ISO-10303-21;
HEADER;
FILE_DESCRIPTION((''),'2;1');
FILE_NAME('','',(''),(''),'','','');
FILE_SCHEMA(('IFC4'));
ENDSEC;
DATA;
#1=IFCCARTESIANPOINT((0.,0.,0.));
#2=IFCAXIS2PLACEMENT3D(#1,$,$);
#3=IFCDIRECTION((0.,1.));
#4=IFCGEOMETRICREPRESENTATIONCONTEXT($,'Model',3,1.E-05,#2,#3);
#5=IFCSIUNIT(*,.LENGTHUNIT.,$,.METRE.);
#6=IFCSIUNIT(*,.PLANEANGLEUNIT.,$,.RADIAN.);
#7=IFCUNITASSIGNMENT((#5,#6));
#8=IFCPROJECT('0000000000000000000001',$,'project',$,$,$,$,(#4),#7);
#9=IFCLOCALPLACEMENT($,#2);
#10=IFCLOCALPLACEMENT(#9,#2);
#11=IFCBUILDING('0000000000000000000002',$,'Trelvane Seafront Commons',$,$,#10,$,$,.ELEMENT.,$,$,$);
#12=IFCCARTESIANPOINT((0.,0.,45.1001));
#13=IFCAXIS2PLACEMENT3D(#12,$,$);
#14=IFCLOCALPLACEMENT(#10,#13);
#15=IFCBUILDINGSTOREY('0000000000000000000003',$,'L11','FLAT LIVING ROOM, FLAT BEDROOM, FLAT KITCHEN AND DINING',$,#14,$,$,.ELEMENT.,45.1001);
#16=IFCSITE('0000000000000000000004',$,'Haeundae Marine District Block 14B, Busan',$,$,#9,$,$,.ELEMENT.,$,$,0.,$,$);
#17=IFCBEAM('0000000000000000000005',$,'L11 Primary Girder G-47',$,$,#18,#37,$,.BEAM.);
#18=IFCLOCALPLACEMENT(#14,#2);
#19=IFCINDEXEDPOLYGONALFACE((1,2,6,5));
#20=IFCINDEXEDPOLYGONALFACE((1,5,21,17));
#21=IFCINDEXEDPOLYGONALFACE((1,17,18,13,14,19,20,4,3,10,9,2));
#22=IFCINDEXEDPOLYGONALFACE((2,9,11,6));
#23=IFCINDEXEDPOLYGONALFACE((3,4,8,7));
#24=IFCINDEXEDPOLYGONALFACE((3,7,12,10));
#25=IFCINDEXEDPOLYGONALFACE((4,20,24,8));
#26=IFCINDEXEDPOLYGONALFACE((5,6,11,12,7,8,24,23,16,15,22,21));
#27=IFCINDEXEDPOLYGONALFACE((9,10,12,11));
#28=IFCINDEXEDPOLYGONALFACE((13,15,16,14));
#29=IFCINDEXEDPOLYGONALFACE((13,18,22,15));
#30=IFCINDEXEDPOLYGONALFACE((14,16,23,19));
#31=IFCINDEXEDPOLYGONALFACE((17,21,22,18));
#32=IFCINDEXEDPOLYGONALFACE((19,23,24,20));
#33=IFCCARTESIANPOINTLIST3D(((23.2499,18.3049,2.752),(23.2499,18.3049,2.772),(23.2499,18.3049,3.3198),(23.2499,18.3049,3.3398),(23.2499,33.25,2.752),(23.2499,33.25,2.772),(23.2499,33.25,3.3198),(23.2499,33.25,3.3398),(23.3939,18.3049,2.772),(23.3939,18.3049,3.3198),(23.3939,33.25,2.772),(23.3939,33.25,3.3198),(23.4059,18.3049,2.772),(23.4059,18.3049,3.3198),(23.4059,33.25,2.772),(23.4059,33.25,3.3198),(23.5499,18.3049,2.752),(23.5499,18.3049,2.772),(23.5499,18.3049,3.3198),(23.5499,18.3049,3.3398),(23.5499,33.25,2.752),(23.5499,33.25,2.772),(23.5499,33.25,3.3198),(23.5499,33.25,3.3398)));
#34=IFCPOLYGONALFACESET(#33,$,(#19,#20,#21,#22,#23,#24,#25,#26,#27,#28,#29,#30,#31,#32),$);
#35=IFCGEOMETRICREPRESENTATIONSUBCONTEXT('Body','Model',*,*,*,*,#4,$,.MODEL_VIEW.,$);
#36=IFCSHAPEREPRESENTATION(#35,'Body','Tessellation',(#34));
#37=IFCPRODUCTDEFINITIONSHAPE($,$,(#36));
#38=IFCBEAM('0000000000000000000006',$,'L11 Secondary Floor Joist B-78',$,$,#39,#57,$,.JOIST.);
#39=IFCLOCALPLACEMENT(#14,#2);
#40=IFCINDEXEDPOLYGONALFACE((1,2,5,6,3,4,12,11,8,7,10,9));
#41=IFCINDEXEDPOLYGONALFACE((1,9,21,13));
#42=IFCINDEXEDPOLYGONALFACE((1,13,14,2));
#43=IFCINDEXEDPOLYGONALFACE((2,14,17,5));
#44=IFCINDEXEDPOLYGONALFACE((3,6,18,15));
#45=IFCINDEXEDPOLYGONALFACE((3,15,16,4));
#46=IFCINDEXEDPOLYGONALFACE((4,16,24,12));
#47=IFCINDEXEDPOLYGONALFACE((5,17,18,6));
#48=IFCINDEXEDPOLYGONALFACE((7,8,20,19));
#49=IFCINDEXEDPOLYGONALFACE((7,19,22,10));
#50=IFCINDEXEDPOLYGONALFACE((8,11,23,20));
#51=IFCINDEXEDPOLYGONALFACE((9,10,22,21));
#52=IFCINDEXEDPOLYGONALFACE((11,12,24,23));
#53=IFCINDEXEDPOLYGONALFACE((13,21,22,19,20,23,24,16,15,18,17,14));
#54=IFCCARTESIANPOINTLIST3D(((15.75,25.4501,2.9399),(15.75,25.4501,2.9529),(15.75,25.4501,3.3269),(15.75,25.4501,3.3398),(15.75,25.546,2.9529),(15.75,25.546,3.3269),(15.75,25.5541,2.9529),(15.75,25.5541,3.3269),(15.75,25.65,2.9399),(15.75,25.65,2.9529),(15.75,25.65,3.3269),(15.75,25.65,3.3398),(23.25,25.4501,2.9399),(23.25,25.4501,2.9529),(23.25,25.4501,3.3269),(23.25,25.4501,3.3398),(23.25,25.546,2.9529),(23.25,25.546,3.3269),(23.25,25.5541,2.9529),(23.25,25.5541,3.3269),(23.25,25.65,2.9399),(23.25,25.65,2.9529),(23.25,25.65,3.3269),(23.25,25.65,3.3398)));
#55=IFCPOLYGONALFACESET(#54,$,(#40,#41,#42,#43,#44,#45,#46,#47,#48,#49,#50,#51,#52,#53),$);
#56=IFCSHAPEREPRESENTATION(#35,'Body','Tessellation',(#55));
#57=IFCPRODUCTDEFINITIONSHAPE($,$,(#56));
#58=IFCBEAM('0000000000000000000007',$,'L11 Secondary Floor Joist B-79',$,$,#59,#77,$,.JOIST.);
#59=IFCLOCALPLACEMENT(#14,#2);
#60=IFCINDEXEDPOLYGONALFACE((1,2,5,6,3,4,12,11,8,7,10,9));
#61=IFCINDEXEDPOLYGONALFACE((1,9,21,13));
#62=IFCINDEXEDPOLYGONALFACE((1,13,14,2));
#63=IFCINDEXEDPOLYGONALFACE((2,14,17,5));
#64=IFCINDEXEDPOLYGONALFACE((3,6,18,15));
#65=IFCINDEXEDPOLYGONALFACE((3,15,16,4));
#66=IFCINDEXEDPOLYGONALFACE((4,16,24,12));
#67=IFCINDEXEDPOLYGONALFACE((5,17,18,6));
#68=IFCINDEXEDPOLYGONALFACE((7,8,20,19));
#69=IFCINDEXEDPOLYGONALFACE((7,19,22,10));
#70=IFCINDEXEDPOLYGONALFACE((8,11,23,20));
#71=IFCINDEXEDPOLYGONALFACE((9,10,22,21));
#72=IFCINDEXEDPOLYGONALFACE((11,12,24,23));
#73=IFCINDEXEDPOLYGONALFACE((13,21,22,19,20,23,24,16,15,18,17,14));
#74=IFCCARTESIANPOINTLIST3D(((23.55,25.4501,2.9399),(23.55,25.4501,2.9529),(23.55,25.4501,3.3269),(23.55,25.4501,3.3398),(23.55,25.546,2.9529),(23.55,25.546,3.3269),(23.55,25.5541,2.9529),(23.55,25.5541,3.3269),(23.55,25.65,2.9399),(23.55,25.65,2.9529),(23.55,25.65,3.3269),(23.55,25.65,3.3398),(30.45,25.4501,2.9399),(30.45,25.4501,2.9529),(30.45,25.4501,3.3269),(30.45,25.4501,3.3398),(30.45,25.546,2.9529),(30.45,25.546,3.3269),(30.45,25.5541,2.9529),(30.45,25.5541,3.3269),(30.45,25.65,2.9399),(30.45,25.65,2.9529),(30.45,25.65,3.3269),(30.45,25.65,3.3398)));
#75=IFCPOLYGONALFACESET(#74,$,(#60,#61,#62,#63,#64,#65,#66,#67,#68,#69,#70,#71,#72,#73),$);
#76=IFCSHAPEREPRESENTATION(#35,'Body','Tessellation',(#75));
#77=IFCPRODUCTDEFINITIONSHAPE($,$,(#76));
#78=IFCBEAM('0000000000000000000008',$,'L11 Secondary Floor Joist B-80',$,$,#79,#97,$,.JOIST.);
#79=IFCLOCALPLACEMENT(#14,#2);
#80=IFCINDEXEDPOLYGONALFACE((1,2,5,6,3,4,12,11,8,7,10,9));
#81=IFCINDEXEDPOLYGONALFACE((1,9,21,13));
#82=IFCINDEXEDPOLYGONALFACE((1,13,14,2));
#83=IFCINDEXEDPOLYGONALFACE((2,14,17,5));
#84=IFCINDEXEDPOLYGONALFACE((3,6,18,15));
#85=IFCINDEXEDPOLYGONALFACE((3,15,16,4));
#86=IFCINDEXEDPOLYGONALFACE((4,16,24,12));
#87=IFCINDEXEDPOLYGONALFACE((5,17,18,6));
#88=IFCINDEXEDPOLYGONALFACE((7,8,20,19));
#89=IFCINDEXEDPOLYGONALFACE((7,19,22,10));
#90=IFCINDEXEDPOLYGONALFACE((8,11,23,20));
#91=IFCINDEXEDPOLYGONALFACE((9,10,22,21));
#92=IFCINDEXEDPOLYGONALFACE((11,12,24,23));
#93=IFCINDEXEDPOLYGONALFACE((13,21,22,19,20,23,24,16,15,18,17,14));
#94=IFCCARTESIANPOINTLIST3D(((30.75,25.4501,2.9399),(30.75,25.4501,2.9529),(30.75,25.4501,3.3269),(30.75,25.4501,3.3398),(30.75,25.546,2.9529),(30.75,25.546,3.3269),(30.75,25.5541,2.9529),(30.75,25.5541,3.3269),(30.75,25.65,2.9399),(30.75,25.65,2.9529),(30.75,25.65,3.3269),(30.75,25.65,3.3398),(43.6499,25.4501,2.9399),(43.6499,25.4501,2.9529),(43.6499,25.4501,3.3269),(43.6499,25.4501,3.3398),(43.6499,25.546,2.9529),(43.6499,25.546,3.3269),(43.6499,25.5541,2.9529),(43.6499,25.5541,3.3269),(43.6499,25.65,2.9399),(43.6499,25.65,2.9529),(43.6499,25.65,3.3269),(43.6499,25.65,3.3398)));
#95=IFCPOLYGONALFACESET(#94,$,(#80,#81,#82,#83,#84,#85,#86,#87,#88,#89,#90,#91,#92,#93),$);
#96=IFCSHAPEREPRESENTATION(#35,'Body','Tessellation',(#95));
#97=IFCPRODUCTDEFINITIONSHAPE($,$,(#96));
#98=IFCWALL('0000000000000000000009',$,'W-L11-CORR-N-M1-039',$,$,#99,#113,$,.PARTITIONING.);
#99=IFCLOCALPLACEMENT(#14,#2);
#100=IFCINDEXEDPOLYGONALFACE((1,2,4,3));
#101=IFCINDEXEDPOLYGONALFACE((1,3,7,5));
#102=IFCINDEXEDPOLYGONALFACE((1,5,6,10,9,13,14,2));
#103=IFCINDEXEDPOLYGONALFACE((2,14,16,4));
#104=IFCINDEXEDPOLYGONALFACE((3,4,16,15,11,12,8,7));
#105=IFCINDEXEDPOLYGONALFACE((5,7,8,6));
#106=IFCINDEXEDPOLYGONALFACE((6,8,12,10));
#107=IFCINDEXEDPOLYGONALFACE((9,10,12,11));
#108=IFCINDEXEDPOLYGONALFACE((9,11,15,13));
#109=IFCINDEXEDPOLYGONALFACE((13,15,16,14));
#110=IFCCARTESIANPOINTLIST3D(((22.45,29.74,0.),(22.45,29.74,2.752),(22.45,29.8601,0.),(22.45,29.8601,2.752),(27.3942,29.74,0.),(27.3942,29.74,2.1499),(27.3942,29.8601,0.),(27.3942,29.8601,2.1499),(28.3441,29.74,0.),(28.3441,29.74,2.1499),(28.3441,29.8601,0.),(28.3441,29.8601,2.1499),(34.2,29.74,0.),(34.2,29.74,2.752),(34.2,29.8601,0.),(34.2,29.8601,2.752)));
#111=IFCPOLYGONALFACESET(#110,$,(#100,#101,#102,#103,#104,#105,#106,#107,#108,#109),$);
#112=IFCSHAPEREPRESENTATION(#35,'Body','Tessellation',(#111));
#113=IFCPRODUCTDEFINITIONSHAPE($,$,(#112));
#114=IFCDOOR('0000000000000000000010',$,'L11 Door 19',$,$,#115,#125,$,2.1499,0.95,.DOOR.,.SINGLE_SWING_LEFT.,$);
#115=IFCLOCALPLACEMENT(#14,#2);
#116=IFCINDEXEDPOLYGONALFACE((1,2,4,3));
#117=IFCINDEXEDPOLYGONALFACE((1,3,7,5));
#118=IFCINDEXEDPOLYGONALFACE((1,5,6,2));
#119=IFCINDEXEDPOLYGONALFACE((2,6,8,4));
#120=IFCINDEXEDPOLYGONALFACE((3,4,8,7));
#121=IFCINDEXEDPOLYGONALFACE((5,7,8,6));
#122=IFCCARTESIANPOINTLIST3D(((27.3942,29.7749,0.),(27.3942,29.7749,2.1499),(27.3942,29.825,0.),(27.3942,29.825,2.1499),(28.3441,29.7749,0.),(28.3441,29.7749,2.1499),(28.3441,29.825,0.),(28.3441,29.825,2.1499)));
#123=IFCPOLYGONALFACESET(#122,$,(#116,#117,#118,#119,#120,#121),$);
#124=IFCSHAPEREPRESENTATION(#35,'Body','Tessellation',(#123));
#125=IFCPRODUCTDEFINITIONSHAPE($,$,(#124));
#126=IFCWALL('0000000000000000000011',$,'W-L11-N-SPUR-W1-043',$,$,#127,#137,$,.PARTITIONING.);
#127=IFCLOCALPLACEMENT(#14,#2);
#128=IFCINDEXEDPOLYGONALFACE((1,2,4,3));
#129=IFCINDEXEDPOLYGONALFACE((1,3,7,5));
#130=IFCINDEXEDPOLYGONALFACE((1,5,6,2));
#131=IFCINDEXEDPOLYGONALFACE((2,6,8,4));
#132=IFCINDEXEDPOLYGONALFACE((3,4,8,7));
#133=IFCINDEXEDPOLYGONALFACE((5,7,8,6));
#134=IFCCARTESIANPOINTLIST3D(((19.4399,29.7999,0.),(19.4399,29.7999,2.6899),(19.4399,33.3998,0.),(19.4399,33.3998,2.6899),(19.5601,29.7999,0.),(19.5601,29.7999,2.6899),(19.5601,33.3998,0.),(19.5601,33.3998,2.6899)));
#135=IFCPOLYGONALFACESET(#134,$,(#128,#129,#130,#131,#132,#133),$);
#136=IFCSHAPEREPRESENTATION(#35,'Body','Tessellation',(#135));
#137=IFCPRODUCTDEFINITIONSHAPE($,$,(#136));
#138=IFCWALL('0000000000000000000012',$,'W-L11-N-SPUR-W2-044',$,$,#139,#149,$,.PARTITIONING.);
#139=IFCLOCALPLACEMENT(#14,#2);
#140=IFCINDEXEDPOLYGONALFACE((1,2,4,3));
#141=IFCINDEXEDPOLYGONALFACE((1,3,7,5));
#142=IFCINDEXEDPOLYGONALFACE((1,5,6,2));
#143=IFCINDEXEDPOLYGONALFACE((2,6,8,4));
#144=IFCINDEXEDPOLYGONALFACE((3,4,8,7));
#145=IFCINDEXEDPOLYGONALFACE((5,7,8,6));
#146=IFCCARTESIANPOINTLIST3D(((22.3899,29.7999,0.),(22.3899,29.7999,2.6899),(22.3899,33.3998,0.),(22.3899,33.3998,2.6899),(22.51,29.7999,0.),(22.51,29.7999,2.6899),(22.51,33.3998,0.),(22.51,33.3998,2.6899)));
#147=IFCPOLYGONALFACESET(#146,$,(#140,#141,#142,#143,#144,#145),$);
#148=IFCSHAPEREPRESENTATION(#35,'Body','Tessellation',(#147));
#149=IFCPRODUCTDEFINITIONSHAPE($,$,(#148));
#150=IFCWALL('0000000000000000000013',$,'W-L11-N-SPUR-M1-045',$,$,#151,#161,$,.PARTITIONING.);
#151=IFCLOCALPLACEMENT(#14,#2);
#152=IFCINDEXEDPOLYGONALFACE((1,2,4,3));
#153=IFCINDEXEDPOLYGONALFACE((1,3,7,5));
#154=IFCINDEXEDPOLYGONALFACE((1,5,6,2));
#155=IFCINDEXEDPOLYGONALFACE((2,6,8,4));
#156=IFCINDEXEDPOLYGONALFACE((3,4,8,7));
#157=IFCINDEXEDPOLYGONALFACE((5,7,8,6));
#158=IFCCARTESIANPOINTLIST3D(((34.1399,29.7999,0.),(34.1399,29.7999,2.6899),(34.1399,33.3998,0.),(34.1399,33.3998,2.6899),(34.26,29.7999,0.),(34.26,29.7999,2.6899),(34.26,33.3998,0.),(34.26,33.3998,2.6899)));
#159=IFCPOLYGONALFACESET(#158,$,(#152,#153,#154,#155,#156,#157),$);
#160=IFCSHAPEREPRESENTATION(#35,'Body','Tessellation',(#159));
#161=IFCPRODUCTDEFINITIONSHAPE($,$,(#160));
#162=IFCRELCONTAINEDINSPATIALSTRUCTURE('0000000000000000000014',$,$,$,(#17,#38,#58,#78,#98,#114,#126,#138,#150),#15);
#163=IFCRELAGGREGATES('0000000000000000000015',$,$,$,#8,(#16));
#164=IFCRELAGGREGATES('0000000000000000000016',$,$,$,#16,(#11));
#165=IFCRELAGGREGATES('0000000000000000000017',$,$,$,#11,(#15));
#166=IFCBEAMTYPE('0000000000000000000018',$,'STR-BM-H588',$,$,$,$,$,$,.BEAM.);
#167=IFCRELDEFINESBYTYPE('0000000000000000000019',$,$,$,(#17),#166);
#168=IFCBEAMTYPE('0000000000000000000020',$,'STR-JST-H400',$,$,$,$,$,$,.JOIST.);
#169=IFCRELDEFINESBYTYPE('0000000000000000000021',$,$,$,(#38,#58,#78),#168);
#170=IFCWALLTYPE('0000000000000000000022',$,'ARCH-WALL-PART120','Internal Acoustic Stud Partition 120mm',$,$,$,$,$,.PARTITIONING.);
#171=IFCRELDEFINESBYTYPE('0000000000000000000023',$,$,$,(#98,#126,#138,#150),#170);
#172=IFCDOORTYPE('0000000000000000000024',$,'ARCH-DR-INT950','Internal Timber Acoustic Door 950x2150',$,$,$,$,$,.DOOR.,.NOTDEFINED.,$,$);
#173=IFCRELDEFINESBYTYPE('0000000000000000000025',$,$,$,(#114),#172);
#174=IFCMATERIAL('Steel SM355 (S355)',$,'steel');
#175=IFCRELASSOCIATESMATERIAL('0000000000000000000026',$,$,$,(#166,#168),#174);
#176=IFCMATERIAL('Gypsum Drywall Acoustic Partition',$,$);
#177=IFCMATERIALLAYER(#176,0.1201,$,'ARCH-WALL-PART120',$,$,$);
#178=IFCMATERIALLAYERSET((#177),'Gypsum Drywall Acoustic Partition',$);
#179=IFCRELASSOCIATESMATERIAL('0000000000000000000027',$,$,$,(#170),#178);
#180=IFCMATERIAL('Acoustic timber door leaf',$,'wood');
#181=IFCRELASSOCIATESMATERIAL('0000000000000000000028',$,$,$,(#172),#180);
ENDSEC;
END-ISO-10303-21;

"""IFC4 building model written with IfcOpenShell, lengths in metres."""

from ifc_helpers import new_model, si_unit, direction, frame, frame_2d, origin, origin_2d, place, context, subcontext, project, spatial, rectangle, i_section, extrude, source, transform, mapped, material, layer, layer_set, material_profile, profile_set, type_object, element, fill, save


model = new_model("IFC4")

# Units and contexts
model_context = context("Model", 3, precision=1e-05, world=origin(), true_north=direction((0.0, 1.0)))
body_context = subcontext(model_context, "Body", "Model", "MODEL_VIEW")
ifc_project = project(units=[si_unit("LENGTHUNIT", "METRE"), si_unit("PLANEANGLEUNIT", "RADIAN")], contexts=[model_context])

# Site, building, storey
site_placement = place(None, origin())
site = spatial("IfcSite", under=ifc_project, at=site_placement, Name="Haeundae Marine District Block 14B, Busan", CompositionType="ELEMENT", RefElevation=0.0)
building_placement = place(site_placement, origin())
building = spatial("IfcBuilding", under=site, at=building_placement, Name="Trelvane Seafront Commons", CompositionType="ELEMENT")
storey_placement = place(building_placement, frame((0.0, 0.0, 45.1001)))
storey = spatial("IfcBuildingStorey", under=building, at=storey_placement, Name="L11", Description="FLAT LIVING ROOM, FLAT BEDROOM, FLAT KITCHEN AND DINING", CompositionType="ELEMENT", Elevation=45.1001)

# Shared definitions
ifc_material_1 = material(Name="Steel SM355 (S355)", Category="steel")

# Beams
ifc_material_profile_1 = material_profile(ifc_material_1, i_section(OverallWidth=0.3, OverallDepth=0.5879, WebThickness=0.012, FlangeThickness=0.02, at=origin_2d()), Name="H-588x300x12x20")
ifc_profile_set_1 = profile_set([ifc_material_profile_1], Name="Steel SM355 (S355)")
beam_type_1 = type_object("IfcBeamType", Name="STR-BM-H588", PredefinedType="BEAM", material=ifc_profile_set_1)
shared_shape_1 = source(origin(), body_context, "Body", "SweptSolid", [
    extrude(i_section(OverallWidth=0.3, OverallDepth=0.5879, WebThickness=0.012, FlangeThickness=0.02, at=origin_2d()), origin(), (0.0, 0.0, 1.0), 14.9451),
])
beam_1_placement = place(storey_placement, frame((23.3999, 18.3049, 3.0459), z_axis=(0.0, 1.0, 0.0), x_axis=(-1.0, 0.0, 0.0)))
element("IfcBeam", 1, at=beam_1_placement, inside=storey, type_object=beam_type_1, Name="L11 Primary Girder G-47", PredefinedType="BEAM", context=body_context, shape_type="MappedRepresentation", body=[
    mapped(shared_shape_1, transform((0.0, 0.0, 0.0), x_axis=(1.0, 0.0, 0.0), y_axis=(0.0, 1.0, 0.0), z_axis=(0.0, 0.0, 1.0), scale=1.0)),
])
ifc_material_profile_2 = material_profile(ifc_material_1, i_section(OverallWidth=0.2, OverallDepth=0.3999, WebThickness=0.0081, FlangeThickness=0.0129, at=origin_2d()), Name="H-400x200x8x13")
ifc_profile_set_2 = profile_set([ifc_material_profile_2], Name="Steel SM355 (S355)")
beam_type_2 = type_object("IfcBeamType", Name="STR-JST-H400", PredefinedType="JOIST", material=ifc_profile_set_2)
shared_shape_2 = source(origin(), body_context, "Body", "SweptSolid", [
    extrude(i_section(OverallWidth=0.2, OverallDepth=0.3999, WebThickness=0.0081, FlangeThickness=0.0129, at=origin_2d()), origin(), (0.0, 0.0, 1.0), 7.5),
])
beam_2_placement = place(storey_placement, frame((15.75, 25.55, 3.1399), z_axis=(1.0, 0.0, 0.0), x_axis=(0.0, 1.0, 0.0)))
element("IfcBeam", 2, at=beam_2_placement, inside=storey, type_object=beam_type_2, Name="L11 Secondary Floor Joist B-78", PredefinedType="JOIST", context=body_context, shape_type="MappedRepresentation", body=[
    mapped(shared_shape_2, transform((0.0, 0.0, 0.0), x_axis=(1.0, 0.0, 0.0), y_axis=(0.0, 1.0, 0.0), z_axis=(0.0, 0.0, 1.0), scale=1.0)),
])
shared_shape_3 = source(origin(), body_context, "Body", "SweptSolid", [
    extrude(i_section(OverallWidth=0.2, OverallDepth=0.3999, WebThickness=0.0081, FlangeThickness=0.0129, at=origin_2d()), origin(), (0.0, 0.0, 1.0), 6.8999),
])
beam_3_placement = place(storey_placement, frame((23.55, 25.55, 3.1399), z_axis=(1.0, 0.0, 0.0), x_axis=(0.0, 1.0, 0.0)))
element("IfcBeam", 3, at=beam_3_placement, inside=storey, type_object=beam_type_2, Name="L11 Secondary Floor Joist B-79", PredefinedType="JOIST", context=body_context, shape_type="MappedRepresentation", body=[
    mapped(shared_shape_3, transform((0.0, 0.0, 0.0), x_axis=(1.0, 0.0, 0.0), y_axis=(0.0, 1.0, 0.0), z_axis=(0.0, 0.0, 1.0), scale=1.0)),
])
shared_shape_4 = source(origin(), body_context, "Body", "SweptSolid", [
    extrude(i_section(OverallWidth=0.2, OverallDepth=0.3999, WebThickness=0.0081, FlangeThickness=0.0129, at=origin_2d()), origin(), (0.0, 0.0, 1.0), 12.8999),
])
beam_4_placement = place(storey_placement, frame((30.75, 25.55, 3.1399), z_axis=(1.0, 0.0, 0.0), x_axis=(0.0, 1.0, 0.0)))
element("IfcBeam", 4, at=beam_4_placement, inside=storey, type_object=beam_type_2, Name="L11 Secondary Floor Joist B-80", PredefinedType="JOIST", context=body_context, shape_type="MappedRepresentation", body=[
    mapped(shared_shape_4, transform((0.0, 0.0, 0.0), x_axis=(1.0, 0.0, 0.0), y_axis=(0.0, 1.0, 0.0), z_axis=(0.0, 0.0, 1.0), scale=1.0)),
])

# Wall, opening, door
ifc_material_2 = material(Name="Gypsum Drywall Acoustic Partition")
ifc_layer_1 = layer(ifc_material_2, 0.1201, Name="ARCH-WALL-PART120")
ifc_layer_set_1 = layer_set([ifc_layer_1], Name="Gypsum Drywall Acoustic Partition")
wall_type_1 = type_object("IfcWallType", Name="ARCH-WALL-PART120", Description="Internal Acoustic Stud Partition 120mm", PredefinedType="PARTITIONING", material=ifc_layer_set_1)
wall_1_placement = place(storey_placement, frame((22.45, 29.8, 0.0), z_axis=(0.0, 0.0, 1.0), x_axis=(1.0, 0.0, 0.0)))
wall_1 = element("IfcWall", 5, at=wall_1_placement, inside=storey, type_object=wall_type_1, Name="W-L11-CORR-N-M1-039", PredefinedType="PARTITIONING", context=body_context, shape_type="SweptSolid", body=[
    extrude(rectangle(XDim=11.75, YDim=0.1201, at=frame_2d((5.875, 0.0))), origin(), (0.0, 0.0, 1.0), 2.752),
])
opening_1_placement = place(wall_1_placement, frame((4.9441, 0.0, 0.0)))
opening_1 = element("IfcOpeningElement", 6, at=opening_1_placement, cuts=wall_1, PredefinedType="OPENING", context=body_context, shape_type="SweptSolid", body=[
    extrude(rectangle(XDim=0.95, YDim=2.1499, at=frame_2d((0.4751, 1.075))), frame((0.0, 0.0701, 0.0), z_axis=(0.0, -1.0, 0.0), x_axis=(1.0, 0.0, 0.0)), (0.0, 0.0, 1.0), 0.1401),
])
ifc_material_3 = material(Name="Acoustic timber door leaf", Category="wood")
door_type_1 = type_object("IfcDoorType", Name="ARCH-DR-INT950", Description="Internal Timber Acoustic Door 950x2150", OperationType="NOTDEFINED", PredefinedType="DOOR", material=ifc_material_3)
shared_shape_5 = source(origin(), body_context, "Body", "SweptSolid", [
    extrude(rectangle(XDim=0.95, YDim=2.1499, at=frame_2d((0.4751, 1.075))), frame((0.0, 0.0249, 0.0), z_axis=(0.0, -1.0, 0.0), x_axis=(1.0, 0.0, 0.0)), (0.0, 0.0, 1.0), 0.05),
])
door_1_placement = place(opening_1_placement, origin())
door_1 = element("IfcDoor", 7, at=door_1_placement, inside=storey, type_object=door_type_1, Name="L11 Door 19", OperationType="SINGLE_SWING_LEFT", OverallHeight=2.1499, OverallWidth=0.95, PredefinedType="DOOR", context=body_context, shape_type="MappedRepresentation", body=[
    mapped(shared_shape_5, transform((0.0, 0.0, 0.0), x_axis=(1.0, 0.0, 0.0), y_axis=(0.0, 1.0, 0.0), z_axis=(0.0, 0.0, 1.0), scale=1.0)),
])
fill(opening_1, door_1)

# Walls
for number, where, z_axis, x_axis, name in (
    (8, (19.5, 29.8, 0.0), (0.0, 0.0, 1.0), (0.0, 1.0, 0.0), "W-L11-N-SPUR-W1-043"),
    (9, (22.45, 29.8, 0.0), (0.0, 0.0, 1.0), (0.0, 1.0, 0.0), "W-L11-N-SPUR-W2-044"),
    (10, (34.2, 29.8, 0.0), (0.0, 0.0, 1.0), (0.0, 1.0, 0.0), "W-L11-N-SPUR-M1-045"),
):
    element("IfcWall", number, at=place(storey_placement, frame(where, z_axis=z_axis, x_axis=x_axis)), inside=storey, type_object=wall_type_1, Name=name, PredefinedType="PARTITIONING", context=body_context, shape_type="SweptSolid", body=[
        extrude(rectangle(XDim=3.5999, YDim=0.1201, at=frame_2d((1.7998, 0.0))), origin(), (0.0, 0.0, 1.0), 2.6899),
    ])

save(model, "model.ifc")
